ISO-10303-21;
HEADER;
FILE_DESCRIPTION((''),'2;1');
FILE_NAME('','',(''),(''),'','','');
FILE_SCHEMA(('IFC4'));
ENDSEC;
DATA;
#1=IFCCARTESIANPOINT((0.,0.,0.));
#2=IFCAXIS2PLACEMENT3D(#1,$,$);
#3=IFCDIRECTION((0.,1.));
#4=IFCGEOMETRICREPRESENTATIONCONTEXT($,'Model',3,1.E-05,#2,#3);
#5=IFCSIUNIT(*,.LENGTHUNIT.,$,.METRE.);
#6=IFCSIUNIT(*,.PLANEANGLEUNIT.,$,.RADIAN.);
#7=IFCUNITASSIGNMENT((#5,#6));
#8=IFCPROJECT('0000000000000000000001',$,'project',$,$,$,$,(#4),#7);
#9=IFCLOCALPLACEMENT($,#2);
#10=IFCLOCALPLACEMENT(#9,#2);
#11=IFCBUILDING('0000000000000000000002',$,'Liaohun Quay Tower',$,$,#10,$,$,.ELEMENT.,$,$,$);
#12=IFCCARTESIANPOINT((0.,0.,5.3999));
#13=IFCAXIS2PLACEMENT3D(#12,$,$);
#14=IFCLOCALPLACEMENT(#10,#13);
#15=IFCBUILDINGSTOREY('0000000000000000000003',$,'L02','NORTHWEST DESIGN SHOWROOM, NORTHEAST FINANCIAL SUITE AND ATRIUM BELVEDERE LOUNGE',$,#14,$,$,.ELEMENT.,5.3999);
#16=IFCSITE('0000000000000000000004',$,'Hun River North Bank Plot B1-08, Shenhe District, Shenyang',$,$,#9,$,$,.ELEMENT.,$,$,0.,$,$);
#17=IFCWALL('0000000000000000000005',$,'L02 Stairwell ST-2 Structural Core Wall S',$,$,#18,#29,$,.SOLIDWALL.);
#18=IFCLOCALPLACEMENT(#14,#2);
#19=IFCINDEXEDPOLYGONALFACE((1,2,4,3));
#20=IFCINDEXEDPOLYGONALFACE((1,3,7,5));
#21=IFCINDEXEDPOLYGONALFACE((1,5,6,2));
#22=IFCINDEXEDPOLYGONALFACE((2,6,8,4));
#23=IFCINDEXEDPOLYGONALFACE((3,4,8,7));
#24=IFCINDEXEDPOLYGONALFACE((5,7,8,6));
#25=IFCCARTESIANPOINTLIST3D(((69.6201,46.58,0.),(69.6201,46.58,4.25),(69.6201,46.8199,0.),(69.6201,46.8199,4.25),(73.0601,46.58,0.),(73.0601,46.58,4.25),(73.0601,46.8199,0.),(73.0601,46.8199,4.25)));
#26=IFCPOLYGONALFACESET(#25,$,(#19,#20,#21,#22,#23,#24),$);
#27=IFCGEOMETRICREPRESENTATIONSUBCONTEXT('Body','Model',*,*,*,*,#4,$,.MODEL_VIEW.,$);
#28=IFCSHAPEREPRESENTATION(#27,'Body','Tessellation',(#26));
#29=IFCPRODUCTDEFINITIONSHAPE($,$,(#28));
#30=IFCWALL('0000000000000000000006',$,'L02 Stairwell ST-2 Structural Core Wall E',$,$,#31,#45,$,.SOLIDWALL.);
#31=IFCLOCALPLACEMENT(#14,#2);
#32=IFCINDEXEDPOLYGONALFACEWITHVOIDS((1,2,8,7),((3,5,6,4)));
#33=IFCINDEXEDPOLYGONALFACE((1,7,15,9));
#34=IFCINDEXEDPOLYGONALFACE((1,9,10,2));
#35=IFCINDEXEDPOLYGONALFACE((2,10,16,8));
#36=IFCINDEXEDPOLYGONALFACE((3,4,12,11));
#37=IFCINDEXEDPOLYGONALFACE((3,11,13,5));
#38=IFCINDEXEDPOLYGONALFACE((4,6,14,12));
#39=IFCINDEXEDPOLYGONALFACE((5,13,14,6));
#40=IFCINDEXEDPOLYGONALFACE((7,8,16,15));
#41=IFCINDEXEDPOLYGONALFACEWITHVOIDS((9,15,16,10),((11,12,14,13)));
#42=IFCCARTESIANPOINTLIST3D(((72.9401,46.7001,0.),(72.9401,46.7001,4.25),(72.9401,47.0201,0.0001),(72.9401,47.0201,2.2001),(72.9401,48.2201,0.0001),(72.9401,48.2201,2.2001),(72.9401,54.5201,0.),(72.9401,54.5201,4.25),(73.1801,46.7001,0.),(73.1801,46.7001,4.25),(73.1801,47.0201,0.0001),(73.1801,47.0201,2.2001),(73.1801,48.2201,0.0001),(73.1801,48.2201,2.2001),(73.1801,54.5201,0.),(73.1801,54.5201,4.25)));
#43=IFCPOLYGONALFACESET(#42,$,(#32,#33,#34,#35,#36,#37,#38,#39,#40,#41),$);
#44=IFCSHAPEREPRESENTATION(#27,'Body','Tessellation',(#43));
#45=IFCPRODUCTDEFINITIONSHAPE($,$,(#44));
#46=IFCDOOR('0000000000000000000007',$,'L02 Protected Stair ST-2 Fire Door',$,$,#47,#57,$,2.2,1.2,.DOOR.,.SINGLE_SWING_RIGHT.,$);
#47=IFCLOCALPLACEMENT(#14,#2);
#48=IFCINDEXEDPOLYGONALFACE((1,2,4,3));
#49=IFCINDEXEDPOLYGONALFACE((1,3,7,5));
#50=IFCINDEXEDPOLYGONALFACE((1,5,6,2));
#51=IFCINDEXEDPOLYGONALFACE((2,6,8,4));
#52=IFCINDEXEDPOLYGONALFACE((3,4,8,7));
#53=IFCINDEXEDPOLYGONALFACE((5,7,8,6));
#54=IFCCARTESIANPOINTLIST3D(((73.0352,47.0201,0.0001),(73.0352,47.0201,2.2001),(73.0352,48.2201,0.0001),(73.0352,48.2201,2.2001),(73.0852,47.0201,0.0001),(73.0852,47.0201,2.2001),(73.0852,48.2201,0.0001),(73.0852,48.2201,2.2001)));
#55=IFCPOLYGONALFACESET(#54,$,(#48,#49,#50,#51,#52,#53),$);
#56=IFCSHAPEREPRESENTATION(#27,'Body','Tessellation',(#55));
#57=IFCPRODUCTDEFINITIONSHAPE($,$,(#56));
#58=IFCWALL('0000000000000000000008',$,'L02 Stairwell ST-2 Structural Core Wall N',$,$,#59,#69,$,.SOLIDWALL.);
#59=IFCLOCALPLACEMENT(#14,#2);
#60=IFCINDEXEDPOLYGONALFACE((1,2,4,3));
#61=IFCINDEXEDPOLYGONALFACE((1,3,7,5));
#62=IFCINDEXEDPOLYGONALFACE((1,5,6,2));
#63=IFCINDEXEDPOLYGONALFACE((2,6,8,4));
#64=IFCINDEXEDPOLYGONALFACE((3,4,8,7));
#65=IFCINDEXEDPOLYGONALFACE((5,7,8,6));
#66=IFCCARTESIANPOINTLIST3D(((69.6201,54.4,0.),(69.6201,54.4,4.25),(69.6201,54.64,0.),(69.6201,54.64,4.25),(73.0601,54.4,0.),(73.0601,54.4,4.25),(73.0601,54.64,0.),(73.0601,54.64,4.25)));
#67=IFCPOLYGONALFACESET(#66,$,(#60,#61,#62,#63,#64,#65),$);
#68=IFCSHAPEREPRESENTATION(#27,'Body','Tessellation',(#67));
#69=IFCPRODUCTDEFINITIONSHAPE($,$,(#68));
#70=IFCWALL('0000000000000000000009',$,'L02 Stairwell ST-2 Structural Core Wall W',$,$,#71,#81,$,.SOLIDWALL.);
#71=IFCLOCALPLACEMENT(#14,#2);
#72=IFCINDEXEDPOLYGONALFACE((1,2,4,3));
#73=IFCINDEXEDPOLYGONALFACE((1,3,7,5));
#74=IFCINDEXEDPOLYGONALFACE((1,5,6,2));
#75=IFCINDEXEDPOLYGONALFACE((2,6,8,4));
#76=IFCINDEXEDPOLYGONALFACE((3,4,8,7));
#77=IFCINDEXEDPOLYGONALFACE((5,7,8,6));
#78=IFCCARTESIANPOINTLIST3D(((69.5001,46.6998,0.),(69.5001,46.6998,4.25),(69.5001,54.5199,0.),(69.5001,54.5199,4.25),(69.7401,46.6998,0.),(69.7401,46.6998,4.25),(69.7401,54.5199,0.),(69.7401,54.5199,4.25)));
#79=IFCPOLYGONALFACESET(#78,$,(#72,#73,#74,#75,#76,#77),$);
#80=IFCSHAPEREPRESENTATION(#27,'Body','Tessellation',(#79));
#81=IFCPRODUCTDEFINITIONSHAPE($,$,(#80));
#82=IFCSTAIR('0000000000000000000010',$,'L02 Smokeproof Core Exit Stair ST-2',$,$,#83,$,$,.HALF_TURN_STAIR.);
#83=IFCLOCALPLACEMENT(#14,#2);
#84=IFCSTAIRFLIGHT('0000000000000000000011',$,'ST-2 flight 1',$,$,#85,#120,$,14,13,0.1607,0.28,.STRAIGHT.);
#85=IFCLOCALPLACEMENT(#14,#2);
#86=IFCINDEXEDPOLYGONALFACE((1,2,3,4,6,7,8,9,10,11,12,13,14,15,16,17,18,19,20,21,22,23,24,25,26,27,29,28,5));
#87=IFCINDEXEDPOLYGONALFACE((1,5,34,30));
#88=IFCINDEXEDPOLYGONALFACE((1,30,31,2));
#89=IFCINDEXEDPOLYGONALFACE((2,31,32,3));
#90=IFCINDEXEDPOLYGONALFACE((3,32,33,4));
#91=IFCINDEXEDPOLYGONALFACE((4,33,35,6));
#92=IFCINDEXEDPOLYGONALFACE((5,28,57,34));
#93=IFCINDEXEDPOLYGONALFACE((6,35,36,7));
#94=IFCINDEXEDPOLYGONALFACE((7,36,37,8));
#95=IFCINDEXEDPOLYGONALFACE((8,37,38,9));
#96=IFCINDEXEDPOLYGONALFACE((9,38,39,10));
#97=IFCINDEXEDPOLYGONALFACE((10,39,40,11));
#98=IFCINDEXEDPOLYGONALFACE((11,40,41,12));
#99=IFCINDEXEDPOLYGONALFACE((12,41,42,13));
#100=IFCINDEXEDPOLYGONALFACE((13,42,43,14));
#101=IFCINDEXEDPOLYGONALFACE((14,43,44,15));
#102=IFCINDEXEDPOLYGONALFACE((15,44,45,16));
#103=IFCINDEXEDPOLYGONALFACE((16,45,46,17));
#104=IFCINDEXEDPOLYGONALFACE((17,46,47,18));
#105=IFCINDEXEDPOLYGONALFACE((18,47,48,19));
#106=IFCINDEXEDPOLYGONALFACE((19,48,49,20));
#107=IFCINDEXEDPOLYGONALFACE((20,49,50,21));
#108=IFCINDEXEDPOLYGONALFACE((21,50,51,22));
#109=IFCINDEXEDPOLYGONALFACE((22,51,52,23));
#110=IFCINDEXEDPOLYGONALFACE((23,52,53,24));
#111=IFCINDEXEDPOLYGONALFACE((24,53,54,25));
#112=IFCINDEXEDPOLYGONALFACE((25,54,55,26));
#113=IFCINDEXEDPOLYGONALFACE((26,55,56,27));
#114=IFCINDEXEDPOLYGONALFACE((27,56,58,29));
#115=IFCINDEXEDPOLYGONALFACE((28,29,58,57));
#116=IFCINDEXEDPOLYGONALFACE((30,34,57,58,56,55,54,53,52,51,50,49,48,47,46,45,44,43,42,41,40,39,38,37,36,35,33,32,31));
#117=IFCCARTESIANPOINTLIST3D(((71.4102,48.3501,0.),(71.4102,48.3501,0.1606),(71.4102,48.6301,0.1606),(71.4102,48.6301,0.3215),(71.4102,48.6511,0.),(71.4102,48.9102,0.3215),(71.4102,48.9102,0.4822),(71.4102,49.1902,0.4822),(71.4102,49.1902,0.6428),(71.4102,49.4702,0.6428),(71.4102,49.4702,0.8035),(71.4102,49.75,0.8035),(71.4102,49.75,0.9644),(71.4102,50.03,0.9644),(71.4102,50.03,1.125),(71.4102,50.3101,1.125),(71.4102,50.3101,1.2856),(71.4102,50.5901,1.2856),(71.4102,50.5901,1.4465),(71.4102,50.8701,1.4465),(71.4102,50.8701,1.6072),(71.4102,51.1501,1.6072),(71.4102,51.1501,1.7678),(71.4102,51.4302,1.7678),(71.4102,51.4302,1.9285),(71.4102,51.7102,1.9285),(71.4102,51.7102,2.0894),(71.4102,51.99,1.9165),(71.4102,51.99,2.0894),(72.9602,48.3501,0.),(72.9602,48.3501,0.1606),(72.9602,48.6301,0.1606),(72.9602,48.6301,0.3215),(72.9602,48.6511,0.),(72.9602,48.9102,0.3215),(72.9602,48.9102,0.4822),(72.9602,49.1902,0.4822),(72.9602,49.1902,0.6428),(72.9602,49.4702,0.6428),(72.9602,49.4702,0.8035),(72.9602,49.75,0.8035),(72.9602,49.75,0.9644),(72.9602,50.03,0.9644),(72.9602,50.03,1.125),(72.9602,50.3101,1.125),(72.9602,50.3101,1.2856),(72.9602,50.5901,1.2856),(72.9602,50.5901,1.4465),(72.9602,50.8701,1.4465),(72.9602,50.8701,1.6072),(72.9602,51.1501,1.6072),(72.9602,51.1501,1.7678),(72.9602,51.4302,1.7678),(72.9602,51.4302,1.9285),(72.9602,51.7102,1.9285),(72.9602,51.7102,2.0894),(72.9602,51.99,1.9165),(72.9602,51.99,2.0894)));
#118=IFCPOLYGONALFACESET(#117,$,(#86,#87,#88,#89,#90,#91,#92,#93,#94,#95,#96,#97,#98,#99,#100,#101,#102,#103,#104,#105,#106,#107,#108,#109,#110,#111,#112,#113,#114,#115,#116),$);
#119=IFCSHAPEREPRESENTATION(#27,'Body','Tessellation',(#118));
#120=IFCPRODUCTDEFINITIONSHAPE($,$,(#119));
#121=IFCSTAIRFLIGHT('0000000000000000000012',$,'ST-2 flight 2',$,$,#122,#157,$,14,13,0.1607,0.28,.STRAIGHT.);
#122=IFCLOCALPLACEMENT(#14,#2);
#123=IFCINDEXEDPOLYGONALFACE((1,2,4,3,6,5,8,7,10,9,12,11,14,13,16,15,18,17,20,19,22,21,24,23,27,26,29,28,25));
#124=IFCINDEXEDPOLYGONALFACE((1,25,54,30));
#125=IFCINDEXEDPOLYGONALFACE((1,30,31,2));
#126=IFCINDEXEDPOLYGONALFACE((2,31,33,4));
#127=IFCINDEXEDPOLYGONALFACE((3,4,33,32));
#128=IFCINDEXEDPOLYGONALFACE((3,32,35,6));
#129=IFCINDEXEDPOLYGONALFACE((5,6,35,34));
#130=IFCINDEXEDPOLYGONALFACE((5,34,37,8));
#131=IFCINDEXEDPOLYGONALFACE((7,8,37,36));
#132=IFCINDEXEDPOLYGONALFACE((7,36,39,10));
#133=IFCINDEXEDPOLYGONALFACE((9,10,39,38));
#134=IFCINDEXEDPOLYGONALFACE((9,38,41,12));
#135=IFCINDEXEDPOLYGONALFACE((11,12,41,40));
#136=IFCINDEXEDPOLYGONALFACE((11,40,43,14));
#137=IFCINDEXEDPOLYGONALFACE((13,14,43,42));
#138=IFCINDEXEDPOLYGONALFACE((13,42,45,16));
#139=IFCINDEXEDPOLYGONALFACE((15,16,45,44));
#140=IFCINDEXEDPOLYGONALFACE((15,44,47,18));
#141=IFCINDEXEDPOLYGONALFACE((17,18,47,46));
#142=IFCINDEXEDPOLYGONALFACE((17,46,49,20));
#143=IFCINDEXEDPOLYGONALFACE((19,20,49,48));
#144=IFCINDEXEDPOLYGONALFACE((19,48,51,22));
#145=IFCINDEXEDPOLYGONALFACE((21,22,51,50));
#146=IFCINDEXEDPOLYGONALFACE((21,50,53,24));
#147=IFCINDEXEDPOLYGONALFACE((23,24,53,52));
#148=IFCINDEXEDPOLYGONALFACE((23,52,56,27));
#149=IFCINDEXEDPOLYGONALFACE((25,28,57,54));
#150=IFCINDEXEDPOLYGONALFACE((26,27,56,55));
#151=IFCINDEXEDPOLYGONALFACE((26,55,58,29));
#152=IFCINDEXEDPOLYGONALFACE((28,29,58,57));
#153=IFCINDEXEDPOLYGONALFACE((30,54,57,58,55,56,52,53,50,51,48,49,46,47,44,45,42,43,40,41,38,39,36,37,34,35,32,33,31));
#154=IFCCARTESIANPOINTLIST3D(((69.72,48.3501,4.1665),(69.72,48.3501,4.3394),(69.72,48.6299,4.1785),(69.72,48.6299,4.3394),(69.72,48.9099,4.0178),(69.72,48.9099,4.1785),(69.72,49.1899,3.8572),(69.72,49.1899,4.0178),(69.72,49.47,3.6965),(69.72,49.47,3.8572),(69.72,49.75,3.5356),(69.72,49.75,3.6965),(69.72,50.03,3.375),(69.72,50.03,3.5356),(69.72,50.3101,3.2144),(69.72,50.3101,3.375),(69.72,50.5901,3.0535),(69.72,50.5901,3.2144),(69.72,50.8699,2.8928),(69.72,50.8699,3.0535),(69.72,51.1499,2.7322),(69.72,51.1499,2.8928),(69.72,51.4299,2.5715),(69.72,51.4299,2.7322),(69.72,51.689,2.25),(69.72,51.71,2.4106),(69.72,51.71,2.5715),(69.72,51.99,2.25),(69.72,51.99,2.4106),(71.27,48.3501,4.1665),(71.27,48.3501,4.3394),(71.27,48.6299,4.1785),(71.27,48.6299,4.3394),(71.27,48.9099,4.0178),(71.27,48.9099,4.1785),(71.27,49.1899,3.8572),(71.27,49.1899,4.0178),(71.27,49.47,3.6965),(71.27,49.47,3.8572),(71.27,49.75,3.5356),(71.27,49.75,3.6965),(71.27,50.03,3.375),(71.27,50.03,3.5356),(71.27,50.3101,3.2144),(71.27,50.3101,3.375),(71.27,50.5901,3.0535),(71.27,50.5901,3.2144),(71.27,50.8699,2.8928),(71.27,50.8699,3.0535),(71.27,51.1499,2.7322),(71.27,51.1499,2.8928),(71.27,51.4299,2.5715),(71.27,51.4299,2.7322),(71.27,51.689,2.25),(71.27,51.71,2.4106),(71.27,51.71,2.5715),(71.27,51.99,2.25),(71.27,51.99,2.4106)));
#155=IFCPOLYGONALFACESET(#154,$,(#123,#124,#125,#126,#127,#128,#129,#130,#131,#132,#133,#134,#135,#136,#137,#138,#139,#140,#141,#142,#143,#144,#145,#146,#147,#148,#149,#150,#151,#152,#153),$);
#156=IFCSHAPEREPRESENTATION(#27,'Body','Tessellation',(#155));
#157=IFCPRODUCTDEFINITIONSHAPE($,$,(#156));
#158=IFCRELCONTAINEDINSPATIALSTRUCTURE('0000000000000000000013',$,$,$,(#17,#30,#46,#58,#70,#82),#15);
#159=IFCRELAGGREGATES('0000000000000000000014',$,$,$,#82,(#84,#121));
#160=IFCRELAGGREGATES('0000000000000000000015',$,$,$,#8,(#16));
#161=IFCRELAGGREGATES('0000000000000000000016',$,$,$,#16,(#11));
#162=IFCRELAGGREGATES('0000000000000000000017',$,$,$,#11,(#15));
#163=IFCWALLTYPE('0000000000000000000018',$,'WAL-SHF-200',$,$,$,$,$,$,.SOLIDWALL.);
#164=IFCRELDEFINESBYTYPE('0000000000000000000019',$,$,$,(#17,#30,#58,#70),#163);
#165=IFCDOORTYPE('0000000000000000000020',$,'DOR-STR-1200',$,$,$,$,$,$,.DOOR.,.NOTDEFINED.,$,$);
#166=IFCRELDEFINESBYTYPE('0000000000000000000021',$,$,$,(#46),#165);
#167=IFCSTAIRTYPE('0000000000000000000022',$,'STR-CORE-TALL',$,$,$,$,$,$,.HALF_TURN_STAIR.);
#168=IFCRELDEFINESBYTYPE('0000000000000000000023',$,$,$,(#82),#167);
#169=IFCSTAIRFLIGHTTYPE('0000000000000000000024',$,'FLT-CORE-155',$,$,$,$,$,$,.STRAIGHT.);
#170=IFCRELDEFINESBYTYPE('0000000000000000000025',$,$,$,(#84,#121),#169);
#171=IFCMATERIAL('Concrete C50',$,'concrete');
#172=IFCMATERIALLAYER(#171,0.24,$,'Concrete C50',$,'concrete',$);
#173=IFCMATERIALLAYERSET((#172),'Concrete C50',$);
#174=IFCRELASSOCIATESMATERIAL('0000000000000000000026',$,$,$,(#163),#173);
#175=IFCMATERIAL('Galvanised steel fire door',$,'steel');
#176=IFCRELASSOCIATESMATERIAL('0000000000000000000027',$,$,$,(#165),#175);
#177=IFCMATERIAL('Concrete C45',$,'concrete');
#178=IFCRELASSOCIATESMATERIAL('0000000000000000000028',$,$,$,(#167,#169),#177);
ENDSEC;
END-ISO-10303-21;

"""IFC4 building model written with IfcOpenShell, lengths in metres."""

from ifc_helpers import new_model, si_unit, direction, frame, frame_2d, origin, place, context, subcontext, project, spatial, polyline, rectangle, outline, extrude, source, transform, mapped, material, layer, layer_set, type_object, element, fill, aggregate, save


model = new_model("IFC4")

# Units and contexts
model_context = context("Model", 3, precision=1e-05, world=origin(), true_north=direction((0.0, 1.0)))
body_context = subcontext(model_context, "Body", "Model", "MODEL_VIEW")
ifc_project = project(units=[si_unit("LENGTHUNIT", "METRE"), si_unit("PLANEANGLEUNIT", "RADIAN")], contexts=[model_context])

# Site, building, storey
site_placement = place(None, origin())
site = spatial("IfcSite", under=ifc_project, at=site_placement, Name="Hun River North Bank Plot B1-08, Shenhe District, Shenyang", CompositionType="ELEMENT", RefElevation=0.0)
building_placement = place(site_placement, origin())
building = spatial("IfcBuilding", under=site, at=building_placement, Name="Liaohun Quay Tower", CompositionType="ELEMENT")
storey_placement = place(building_placement, frame((0.0, 0.0, 5.3999)))
storey = spatial("IfcBuildingStorey", under=building, at=storey_placement, Name="L02", Description="NORTHWEST DESIGN SHOWROOM, NORTHEAST FINANCIAL SUITE AND ATRIUM BELVEDERE LOUNGE", CompositionType="ELEMENT", Elevation=5.3999)

# Wall
ifc_material_1 = material(Name="Concrete C50", Category="concrete")
ifc_layer_1 = layer(ifc_material_1, 0.24, Name="Concrete C50", Category="concrete")
ifc_layer_set_1 = layer_set([ifc_layer_1], Name="Concrete C50")
wall_type_1 = type_object("IfcWallType", Name="WAL-SHF-200", PredefinedType="SOLIDWALL", material=ifc_layer_set_1)
wall_1_placement = place(storey_placement, frame((69.6201, 46.7, 0.0), z_axis=(0.0, 0.0, 1.0), x_axis=(1.0, 0.0, 0.0)))
element("IfcWall", 1, at=wall_1_placement, inside=storey, type_object=wall_type_1, Name="L02 Stairwell ST-2 Structural Core Wall S", PredefinedType="SOLIDWALL", context=body_context, shape_type="SweptSolid", body=[
    extrude(rectangle(XDim=3.4399, YDim=0.24, at=frame_2d((1.72, 0.0))), origin(), (0.0, 0.0, 1.0), 4.25),
])

# Wall, opening, door
wall_2_placement = place(storey_placement, frame((73.0601, 46.7, 0.0), z_axis=(0.0, 0.0, 1.0), x_axis=(0.0, 1.0, 0.0)))
wall_2 = element("IfcWall", 2, at=wall_2_placement, inside=storey, type_object=wall_type_1, Name="L02 Stairwell ST-2 Structural Core Wall E", PredefinedType="SOLIDWALL", context=body_context, shape_type="SweptSolid", body=[
    extrude(rectangle(XDim=7.8201, YDim=0.24, at=frame_2d((3.9102, 0.0))), origin(), (0.0, 0.0, 1.0), 4.25),
])
shared_shape_1 = source(origin(), body_context, "Body", "SweptSolid", [
    extrude(rectangle(XDim=1.2, YDim=2.2, at=frame_2d((0.6001, 1.1001))), frame((0.0, 0.1299, 0.0), z_axis=(0.0, -1.0, 0.0), x_axis=(1.0, 0.0, 0.0)), (0.0, 0.0, 1.0), 0.26),
])
opening_1_placement = place(wall_2_placement, frame((0.3201, 0.0, 0.0)))
opening_1 = element("IfcOpeningElement", 3, at=opening_1_placement, cuts=wall_2, PredefinedType="OPENING", context=body_context, shape_type="MappedRepresentation", body=[
    mapped(shared_shape_1, transform((0.0, 0.0, 0.0), x_axis=(1.0, 0.0, 0.0), y_axis=(0.0, 1.0, 0.0), z_axis=(0.0, 0.0, 1.0), scale=1.0)),
])
ifc_material_2 = material(Name="Galvanised steel fire door", Category="steel")
door_type_1 = type_object("IfcDoorType", Name="DOR-STR-1200", OperationType="NOTDEFINED", PredefinedType="DOOR", material=ifc_material_2)
shared_shape_2 = source(origin(), body_context, "Body", "SweptSolid", [
    extrude(rectangle(XDim=1.2, YDim=2.2, at=frame_2d((0.6001, 1.1001))), frame((0.0, 0.0249, 0.0), z_axis=(0.0, -1.0, 0.0), x_axis=(1.0, 0.0, 0.0)), (0.0, 0.0, 1.0), 0.05),
])
door_1_placement = place(opening_1_placement, origin())
door_1 = element("IfcDoor", 4, at=door_1_placement, inside=storey, type_object=door_type_1, Name="L02 Protected Stair ST-2 Fire Door", OperationType="SINGLE_SWING_RIGHT", OverallHeight=2.2, OverallWidth=1.2, PredefinedType="DOOR", context=body_context, shape_type="MappedRepresentation", body=[
    mapped(shared_shape_2, transform((0.0, 0.0, 0.0), x_axis=(1.0, 0.0, 0.0), y_axis=(0.0, 1.0, 0.0), z_axis=(0.0, 0.0, 1.0), scale=1.0)),
])
fill(opening_1, door_1)

# Walls
wall_3_placement = place(storey_placement, frame((73.0601, 54.52, 0.0), z_axis=(0.0, 0.0, 1.0), x_axis=(-1.0, 0.0, 0.0)))
element("IfcWall", 5, at=wall_3_placement, inside=storey, type_object=wall_type_1, Name="L02 Stairwell ST-2 Structural Core Wall N", PredefinedType="SOLIDWALL", context=body_context, shape_type="SweptSolid", body=[
    extrude(rectangle(XDim=3.4399, YDim=0.24, at=frame_2d((1.72, 0.0))), origin(), (0.0, 0.0, 1.0), 4.25),
])
wall_4_placement = place(storey_placement, frame((69.6201, 54.52, 0.0), z_axis=(0.0, 0.0, 1.0), x_axis=(0.0, -1.0, 0.0)))
element("IfcWall", 6, at=wall_4_placement, inside=storey, type_object=wall_type_1, Name="L02 Stairwell ST-2 Structural Core Wall W", PredefinedType="SOLIDWALL", context=body_context, shape_type="SweptSolid", body=[
    extrude(rectangle(XDim=7.8201, YDim=0.24, at=frame_2d((3.9102, 0.0))), origin(), (0.0, 0.0, 1.0), 4.25),
])

# Stair, stair flights
ifc_material_3 = material(Name="Concrete C45", Category="concrete")
stair_type = type_object("IfcStairType", Name="STR-CORE-TALL", PredefinedType="HALF_TURN_STAIR", material=ifc_material_3)
stair_placement = place(storey_placement, origin())
stair = element("IfcStair", 7, at=stair_placement, inside=storey, type_object=stair_type, Name="L02 Smokeproof Core Exit Stair ST-2", PredefinedType="HALF_TURN_STAIR")
stair_flight_type = type_object("IfcStairFlightType", Name="FLT-CORE-155", PredefinedType="STRAIGHT", material=ifc_material_3)
stair_flight_1_placement = place(storey_placement, frame((72.1851, 48.3501, 0.0), z_axis=(0.0, 0.0, 1.0), x_axis=(0.0, 1.0, 0.0)))
stair_flight_1 = element("IfcStairFlight", 8, at=stair_flight_1_placement, type_object=stair_flight_type, Name="ST-2 flight 1", NumberOfRisers=14, NumberOfTreads=13, PredefinedType="STRAIGHT", RiserHeight=0.1607, TreadLength=0.28, context=body_context, shape_type="SweptSolid", body=[
    extrude(outline(polyline([(0.0, 0.0), (0.0, 0.1606), (0.28, 0.1606), (0.28, 0.3215), (0.5601, 0.3215), (0.5601, 0.4822), (0.8401, 0.4822), (0.8401, 0.6428), (1.1201, 0.6428), (1.1201, 0.8035), (1.3999, 0.8035), (1.3999, 0.9644), (1.6799, 0.9644), (1.6799, 1.125), (1.96, 1.125), (1.96, 1.2856), (2.24, 1.2856), (2.24, 1.4465), (2.52, 1.4465), (2.52, 1.6072), (2.8, 1.6072), (2.8, 1.7678), (3.0801, 1.7678), (3.0801, 1.9285), (3.3601, 1.9285), (3.3601, 2.0894), (3.6399, 2.0894), (3.6399, 2.25), (3.6399, 1.9165), (0.301, 0.0), (0.0, 0.0)])), frame((0.0, 0.7749, 0.0), z_axis=(0.0, -1.0, 0.0), x_axis=(1.0, 0.0, 0.0)), (0.0, 0.0, 1.0), 1.55),
])
stair_flight_2_placement = place(storey_placement, frame((70.4951, 51.99, 2.25), z_axis=(0.0, 0.0, 1.0), x_axis=(0.0, -1.0, 0.0)))
stair_flight_2 = element("IfcStairFlight", 9, at=stair_flight_2_placement, type_object=stair_flight_type, Name="ST-2 flight 2", NumberOfRisers=14, NumberOfTreads=13, PredefinedType="STRAIGHT", RiserHeight=0.1607, TreadLength=0.28, context=body_context, shape_type="SweptSolid", body=[
    extrude(outline(polyline([(0.0, 0.0), (0.0, 0.1606), (0.28, 0.1606), (0.28, 0.3215), (0.5601, 0.3215), (0.5601, 0.4822), (0.8401, 0.4822), (0.8401, 0.6428), (1.1201, 0.6428), (1.1201, 0.8035), (1.3999, 0.8035), (1.3999, 0.9644), (1.6799, 0.9644), (1.6799, 1.125), (1.96, 1.125), (1.96, 1.2856), (2.24, 1.2856), (2.24, 1.4465), (2.52, 1.4465), (2.52, 1.6072), (2.8, 1.6072), (2.8, 1.7678), (3.0801, 1.7678), (3.0801, 1.9285), (3.3601, 1.9285), (3.3601, 2.0894), (3.6399, 2.0894), (3.6399, 2.25), (3.6399, 1.9165), (0.301, 0.0), (0.0, 0.0)])), frame((0.0, 0.7749, 0.0), z_axis=(0.0, -1.0, 0.0), x_axis=(1.0, 0.0, 0.0)), (0.0, 0.0, 1.0), 1.55),
])
aggregate(stair, [stair_flight_1, stair_flight_2])

save(model, "model.ifc")
